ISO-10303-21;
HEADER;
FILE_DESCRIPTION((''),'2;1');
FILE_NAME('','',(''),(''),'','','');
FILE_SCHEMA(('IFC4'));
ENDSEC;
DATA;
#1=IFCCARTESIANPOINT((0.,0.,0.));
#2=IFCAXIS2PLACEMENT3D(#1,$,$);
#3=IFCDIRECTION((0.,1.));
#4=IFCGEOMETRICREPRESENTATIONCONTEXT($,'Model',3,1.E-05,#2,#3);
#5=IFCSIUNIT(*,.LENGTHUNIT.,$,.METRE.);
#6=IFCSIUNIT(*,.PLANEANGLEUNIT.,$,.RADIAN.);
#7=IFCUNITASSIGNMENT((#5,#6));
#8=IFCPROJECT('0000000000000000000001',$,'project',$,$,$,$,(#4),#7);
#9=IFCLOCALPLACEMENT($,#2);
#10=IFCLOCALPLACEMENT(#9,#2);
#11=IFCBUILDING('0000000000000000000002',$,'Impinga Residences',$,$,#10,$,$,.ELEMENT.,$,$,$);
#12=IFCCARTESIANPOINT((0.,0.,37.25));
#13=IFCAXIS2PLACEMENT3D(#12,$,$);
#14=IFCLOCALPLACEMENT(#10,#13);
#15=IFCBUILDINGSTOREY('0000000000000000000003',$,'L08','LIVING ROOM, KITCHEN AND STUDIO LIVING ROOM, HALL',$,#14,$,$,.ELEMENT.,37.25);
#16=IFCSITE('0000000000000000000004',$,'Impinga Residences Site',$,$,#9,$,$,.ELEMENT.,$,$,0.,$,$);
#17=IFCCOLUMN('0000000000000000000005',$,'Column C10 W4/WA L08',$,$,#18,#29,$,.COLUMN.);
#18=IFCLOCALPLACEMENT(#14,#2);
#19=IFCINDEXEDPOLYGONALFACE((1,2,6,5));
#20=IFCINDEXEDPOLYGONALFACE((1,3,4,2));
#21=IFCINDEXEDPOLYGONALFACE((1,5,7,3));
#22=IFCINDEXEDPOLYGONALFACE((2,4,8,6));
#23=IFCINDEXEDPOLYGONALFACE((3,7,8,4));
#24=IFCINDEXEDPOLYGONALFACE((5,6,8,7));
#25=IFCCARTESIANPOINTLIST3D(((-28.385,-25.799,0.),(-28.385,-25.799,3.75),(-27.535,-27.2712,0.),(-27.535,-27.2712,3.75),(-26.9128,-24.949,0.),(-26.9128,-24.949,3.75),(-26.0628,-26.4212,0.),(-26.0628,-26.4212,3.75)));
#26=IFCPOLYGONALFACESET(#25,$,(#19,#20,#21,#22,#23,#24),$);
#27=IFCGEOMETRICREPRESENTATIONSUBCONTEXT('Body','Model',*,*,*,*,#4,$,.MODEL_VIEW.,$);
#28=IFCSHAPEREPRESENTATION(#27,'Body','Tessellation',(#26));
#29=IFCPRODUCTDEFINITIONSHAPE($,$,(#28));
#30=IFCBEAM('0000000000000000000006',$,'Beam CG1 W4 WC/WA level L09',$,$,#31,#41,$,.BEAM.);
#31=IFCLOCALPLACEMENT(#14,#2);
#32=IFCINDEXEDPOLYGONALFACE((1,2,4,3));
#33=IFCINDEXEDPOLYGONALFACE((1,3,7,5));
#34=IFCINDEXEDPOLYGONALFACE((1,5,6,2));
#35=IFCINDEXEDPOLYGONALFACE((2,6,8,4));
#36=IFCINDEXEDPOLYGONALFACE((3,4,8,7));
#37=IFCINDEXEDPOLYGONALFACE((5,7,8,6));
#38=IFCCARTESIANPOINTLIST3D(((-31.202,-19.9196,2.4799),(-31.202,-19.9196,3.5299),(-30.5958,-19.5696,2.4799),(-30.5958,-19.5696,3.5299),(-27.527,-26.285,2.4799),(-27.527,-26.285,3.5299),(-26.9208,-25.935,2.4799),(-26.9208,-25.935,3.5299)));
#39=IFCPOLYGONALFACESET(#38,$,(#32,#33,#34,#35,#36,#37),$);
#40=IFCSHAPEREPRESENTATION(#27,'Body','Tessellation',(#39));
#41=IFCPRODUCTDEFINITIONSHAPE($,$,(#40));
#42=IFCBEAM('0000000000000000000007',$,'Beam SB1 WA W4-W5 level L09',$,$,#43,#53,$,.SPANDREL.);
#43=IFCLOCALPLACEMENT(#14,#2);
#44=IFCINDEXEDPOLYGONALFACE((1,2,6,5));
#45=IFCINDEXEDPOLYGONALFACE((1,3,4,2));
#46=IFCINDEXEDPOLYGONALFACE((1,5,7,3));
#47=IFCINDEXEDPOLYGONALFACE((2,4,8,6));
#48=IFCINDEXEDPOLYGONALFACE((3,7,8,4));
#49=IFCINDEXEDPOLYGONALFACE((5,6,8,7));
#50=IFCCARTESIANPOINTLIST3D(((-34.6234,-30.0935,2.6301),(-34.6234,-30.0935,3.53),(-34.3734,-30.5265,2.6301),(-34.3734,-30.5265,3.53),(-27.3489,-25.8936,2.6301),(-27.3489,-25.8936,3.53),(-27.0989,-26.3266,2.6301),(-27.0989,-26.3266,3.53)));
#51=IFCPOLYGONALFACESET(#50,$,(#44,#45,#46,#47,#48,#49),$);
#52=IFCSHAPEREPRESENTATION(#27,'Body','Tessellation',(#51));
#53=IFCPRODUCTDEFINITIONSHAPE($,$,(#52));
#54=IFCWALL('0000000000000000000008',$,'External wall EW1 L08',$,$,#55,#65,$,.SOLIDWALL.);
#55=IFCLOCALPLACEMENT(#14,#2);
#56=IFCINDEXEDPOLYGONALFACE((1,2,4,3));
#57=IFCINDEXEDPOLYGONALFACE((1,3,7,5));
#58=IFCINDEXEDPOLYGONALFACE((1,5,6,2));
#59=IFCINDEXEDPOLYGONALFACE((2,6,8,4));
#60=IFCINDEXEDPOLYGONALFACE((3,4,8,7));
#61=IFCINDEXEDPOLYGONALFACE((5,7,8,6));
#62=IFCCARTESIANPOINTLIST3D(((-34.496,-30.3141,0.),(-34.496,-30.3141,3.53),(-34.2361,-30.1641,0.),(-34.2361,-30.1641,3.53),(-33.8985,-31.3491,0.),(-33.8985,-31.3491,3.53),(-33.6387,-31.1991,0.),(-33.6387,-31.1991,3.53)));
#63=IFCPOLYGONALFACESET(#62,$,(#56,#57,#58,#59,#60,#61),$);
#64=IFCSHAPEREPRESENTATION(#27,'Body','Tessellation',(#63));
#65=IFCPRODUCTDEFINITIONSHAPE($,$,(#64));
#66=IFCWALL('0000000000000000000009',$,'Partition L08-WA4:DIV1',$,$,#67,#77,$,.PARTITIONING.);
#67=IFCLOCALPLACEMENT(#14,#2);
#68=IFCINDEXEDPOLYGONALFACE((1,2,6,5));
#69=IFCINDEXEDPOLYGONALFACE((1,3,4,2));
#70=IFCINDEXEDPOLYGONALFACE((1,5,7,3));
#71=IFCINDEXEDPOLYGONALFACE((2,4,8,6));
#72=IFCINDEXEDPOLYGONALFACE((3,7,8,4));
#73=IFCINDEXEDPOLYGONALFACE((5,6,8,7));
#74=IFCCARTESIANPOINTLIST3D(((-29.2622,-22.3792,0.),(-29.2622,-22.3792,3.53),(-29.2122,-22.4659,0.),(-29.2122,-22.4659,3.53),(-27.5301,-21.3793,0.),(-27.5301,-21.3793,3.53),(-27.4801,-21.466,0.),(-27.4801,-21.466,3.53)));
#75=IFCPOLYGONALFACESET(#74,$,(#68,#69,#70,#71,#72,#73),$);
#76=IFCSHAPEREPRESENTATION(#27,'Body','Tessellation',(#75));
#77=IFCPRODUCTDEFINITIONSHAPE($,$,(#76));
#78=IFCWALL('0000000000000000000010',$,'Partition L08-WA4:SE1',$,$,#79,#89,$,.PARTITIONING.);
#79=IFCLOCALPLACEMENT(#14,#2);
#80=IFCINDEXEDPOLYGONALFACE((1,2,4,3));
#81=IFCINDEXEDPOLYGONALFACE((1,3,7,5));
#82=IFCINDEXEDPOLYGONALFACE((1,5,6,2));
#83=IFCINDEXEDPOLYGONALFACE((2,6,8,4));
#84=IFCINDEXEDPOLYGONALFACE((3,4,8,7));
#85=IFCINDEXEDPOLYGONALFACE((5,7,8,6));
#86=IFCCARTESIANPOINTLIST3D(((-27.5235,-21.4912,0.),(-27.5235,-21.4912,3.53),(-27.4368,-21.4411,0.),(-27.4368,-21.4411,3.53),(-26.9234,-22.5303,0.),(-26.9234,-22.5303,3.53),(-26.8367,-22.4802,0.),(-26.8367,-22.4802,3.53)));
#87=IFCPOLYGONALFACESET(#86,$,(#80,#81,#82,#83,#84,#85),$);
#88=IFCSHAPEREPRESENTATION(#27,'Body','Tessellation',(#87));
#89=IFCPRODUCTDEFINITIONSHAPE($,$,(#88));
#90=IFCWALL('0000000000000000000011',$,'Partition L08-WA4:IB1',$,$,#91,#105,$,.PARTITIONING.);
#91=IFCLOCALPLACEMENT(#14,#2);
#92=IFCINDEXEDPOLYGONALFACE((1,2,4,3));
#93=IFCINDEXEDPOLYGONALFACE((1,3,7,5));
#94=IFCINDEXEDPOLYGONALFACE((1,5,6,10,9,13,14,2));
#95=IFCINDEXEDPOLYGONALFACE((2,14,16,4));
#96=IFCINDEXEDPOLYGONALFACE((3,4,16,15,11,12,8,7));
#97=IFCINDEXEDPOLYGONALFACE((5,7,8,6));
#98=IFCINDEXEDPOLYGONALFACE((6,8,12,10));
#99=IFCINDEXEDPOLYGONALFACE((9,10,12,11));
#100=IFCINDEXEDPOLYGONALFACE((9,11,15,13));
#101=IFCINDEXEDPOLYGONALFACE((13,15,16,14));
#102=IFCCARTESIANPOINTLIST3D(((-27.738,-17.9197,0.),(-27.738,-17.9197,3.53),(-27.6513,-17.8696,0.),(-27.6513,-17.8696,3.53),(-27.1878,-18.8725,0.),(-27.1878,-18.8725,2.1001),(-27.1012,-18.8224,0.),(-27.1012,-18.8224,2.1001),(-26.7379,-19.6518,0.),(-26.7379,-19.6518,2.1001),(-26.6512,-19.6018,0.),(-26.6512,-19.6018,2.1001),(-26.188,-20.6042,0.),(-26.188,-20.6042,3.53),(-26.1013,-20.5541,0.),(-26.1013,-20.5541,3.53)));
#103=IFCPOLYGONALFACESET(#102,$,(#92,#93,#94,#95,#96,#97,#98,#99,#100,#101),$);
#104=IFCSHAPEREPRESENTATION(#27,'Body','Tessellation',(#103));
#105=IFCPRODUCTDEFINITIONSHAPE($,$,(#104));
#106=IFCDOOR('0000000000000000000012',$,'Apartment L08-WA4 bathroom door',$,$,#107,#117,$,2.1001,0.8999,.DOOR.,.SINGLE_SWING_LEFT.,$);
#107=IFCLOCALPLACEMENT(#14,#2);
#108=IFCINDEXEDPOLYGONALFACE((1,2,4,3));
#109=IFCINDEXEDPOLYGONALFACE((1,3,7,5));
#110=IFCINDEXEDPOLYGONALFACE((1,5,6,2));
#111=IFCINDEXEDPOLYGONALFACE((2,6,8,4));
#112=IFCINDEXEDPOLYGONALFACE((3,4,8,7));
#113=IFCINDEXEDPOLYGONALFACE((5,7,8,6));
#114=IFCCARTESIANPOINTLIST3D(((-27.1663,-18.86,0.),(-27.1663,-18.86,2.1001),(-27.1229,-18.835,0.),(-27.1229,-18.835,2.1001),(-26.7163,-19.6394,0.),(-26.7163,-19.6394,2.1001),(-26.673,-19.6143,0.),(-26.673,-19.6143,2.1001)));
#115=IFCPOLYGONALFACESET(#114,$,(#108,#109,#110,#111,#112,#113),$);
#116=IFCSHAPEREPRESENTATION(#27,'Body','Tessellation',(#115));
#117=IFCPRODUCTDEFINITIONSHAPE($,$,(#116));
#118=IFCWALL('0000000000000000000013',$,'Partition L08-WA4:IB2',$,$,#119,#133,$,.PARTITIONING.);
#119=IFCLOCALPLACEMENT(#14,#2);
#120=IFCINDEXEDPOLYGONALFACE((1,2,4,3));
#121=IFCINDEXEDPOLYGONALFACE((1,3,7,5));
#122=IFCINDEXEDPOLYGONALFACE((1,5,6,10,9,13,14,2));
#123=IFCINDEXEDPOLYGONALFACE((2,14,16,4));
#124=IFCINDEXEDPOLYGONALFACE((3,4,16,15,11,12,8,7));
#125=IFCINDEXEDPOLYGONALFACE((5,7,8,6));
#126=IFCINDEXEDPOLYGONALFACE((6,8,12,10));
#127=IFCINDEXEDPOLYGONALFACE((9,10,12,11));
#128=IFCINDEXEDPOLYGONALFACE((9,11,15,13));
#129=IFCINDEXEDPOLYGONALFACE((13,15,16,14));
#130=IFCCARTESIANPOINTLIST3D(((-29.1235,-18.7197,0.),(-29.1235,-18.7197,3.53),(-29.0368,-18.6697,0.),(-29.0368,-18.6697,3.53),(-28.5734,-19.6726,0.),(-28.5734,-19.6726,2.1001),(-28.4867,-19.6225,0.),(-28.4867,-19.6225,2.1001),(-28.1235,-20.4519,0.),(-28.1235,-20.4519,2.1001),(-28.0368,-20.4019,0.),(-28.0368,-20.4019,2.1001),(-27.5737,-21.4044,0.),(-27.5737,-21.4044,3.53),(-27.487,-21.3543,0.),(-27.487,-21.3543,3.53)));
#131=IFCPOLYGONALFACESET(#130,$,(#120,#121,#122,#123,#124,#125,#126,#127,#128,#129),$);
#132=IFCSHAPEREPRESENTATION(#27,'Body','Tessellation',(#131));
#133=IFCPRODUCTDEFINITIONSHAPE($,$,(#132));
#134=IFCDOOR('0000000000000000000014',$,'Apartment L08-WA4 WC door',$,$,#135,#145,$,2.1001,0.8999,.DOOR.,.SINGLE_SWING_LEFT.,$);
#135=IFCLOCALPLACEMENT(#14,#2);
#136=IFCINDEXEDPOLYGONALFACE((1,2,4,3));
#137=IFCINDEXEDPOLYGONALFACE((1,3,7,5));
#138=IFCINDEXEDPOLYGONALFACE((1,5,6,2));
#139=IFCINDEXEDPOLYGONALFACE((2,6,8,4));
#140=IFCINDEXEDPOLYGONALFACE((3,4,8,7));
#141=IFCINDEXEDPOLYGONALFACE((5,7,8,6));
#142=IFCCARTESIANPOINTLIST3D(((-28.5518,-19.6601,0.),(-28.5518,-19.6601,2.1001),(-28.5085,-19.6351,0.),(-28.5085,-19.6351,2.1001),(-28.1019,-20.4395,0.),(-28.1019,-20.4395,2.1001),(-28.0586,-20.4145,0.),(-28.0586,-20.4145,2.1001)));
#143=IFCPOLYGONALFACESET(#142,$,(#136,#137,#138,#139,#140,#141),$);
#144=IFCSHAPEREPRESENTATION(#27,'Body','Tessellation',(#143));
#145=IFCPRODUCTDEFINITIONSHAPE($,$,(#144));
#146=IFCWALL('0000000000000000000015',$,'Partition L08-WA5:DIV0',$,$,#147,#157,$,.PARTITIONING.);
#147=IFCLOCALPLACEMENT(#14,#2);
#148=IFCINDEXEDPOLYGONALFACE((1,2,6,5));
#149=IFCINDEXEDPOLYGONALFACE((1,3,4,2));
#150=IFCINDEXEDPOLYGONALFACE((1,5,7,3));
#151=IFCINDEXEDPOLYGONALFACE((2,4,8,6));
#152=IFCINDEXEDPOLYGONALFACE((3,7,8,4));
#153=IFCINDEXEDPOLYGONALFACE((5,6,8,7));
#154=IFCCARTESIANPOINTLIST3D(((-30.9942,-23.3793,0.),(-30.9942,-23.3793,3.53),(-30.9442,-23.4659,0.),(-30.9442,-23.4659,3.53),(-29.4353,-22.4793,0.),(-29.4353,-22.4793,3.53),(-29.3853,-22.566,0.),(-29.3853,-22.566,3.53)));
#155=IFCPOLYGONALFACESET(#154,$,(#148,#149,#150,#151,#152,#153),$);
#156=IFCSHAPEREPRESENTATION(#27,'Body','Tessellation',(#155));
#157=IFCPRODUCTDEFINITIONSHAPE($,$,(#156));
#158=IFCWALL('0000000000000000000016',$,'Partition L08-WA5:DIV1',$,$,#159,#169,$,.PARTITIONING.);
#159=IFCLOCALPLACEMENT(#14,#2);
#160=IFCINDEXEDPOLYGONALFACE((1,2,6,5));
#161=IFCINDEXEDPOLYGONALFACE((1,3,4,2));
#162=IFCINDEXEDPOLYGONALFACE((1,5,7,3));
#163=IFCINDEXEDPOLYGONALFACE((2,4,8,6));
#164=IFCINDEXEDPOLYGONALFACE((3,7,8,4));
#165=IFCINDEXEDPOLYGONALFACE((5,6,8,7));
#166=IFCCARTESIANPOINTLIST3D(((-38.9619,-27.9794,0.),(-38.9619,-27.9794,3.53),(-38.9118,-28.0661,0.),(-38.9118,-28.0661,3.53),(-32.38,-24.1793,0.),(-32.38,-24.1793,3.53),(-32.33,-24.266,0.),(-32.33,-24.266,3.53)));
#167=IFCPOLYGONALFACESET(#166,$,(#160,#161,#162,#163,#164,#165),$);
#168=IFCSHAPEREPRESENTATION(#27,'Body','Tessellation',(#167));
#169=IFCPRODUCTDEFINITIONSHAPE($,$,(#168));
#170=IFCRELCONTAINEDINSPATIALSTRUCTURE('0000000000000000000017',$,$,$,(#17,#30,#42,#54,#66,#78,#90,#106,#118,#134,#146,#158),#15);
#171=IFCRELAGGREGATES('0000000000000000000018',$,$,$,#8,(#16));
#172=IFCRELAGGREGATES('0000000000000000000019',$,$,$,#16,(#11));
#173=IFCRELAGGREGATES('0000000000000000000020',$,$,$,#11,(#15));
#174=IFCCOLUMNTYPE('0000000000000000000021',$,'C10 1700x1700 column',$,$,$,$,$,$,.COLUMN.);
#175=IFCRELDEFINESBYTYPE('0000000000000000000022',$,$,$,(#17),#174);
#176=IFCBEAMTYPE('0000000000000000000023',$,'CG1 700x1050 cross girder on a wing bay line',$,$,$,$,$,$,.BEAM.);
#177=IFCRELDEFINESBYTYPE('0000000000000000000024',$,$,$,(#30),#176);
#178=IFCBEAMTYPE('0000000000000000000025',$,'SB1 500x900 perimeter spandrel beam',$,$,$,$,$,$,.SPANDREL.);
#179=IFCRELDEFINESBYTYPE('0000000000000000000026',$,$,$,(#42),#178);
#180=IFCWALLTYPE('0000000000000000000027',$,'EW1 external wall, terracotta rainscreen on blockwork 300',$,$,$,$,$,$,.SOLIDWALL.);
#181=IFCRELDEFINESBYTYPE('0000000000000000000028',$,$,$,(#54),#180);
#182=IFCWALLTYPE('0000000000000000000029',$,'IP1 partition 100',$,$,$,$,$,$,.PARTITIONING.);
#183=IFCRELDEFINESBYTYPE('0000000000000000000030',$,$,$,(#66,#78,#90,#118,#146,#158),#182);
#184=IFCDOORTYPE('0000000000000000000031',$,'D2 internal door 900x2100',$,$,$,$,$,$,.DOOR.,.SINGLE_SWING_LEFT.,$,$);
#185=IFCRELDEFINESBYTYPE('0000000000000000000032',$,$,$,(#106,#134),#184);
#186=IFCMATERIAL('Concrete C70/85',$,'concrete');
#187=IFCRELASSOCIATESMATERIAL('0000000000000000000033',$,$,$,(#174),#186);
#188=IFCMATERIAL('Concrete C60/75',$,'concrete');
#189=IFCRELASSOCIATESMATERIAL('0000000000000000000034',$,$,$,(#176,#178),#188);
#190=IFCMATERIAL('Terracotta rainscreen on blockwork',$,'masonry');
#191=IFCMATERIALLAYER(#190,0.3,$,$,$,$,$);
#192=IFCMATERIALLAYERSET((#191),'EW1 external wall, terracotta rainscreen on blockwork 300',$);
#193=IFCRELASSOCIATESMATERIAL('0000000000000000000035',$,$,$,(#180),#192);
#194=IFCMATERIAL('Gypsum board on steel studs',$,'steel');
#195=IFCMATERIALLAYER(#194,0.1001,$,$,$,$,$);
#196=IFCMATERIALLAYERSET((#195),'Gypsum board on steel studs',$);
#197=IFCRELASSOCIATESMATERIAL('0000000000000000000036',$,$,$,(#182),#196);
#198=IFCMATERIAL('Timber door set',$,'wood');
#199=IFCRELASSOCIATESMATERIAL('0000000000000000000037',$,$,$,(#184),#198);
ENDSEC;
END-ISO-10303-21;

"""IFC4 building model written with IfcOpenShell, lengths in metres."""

from ifc_helpers import new_model, si_unit, direction, frame, frame_2d, origin, origin_2d, place, context, subcontext, project, spatial, rectangle, extrude, material, layer, layer_set, material_profile, profile_set, type_object, element, fill, save


model = new_model("IFC4")

# Units and contexts
model_context = context("Model", 3, precision=1e-05, world=origin(), true_north=direction((0.0, 1.0)))
body_context = subcontext(model_context, "Body", "Model", "MODEL_VIEW")
ifc_project = project(units=[si_unit("LENGTHUNIT", "METRE"), si_unit("PLANEANGLEUNIT", "RADIAN")], contexts=[model_context])

# Site, building, storey
site_placement = place(None, origin())
site = spatial("IfcSite", under=ifc_project, at=site_placement, Name="Impinga Residences Site", CompositionType="ELEMENT", RefElevation=0.0)
building_placement = place(site_placement, origin())
building = spatial("IfcBuilding", under=site, at=building_placement, Name="Impinga Residences", CompositionType="ELEMENT")
storey_placement = place(building_placement, frame((0.0, 0.0, 37.25)))
storey = spatial("IfcBuildingStorey", under=building, at=storey_placement, Name="L08", Description="LIVING ROOM, KITCHEN AND STUDIO LIVING ROOM, HALL", CompositionType="ELEMENT", Elevation=37.25)

# Column
ifc_material_1 = material(Name="Concrete C70/85", Category="concrete")
ifc_material_profile_1 = material_profile(ifc_material_1, rectangle(XDim=1.7, YDim=1.7, at=origin_2d()), Name="RC 1700x1700")
ifc_profile_set_1 = profile_set([ifc_material_profile_1], Name="Concrete C70/85")
column_type = type_object("IfcColumnType", Name="C10 1700x1700 column", PredefinedType="COLUMN", material=ifc_profile_set_1)
column_placement = place(storey_placement, frame((-27.2239, -26.1101, 0.0), z_axis=(0.0, 0.0, 1.0), x_axis=(-0.5, 0.866025, 0.0)))
element("IfcColumn", 1, at=column_placement, inside=storey, type_object=column_type, Name="Column C10 W4/WA L08", PredefinedType="COLUMN", context=body_context, shape_type="SweptSolid", body=[
    extrude(rectangle(XDim=1.7, YDim=1.7, at=origin_2d()), origin(), (0.0, 0.0, 1.0), 3.75),
])

# Beams
ifc_material_2 = material(Name="Concrete C60/75", Category="concrete")
ifc_material_profile_2 = material_profile(ifc_material_2, rectangle(XDim=0.7, YDim=1.05, at=origin_2d()), Name="RC 700x1050")
ifc_profile_set_2 = profile_set([ifc_material_profile_2], Name="Concrete C60/75")
beam_type_1 = type_object("IfcBeamType", Name="CG1 700x1050 cross girder on a wing bay line", PredefinedType="BEAM", material=ifc_profile_set_2)
beam_1_placement = place(storey_placement, frame((-30.8989, -19.7446, 3.0049), z_axis=(0.499994, -0.866029, 0.0), x_axis=(0.866029, 0.499994, 0.0)))
element("IfcBeam", 2, at=beam_1_placement, inside=storey, type_object=beam_type_1, Name="Beam CG1 W4 WC/WA level L09", PredefinedType="BEAM", context=body_context, shape_type="SweptSolid", body=[
    extrude(rectangle(XDim=0.7, YDim=1.05, at=origin_2d()), origin(), (0.0, 0.0, 1.0), 7.3501),
])
ifc_material_profile_3 = material_profile(ifc_material_2, rectangle(XDim=0.5, YDim=0.8999, at=origin_2d()), Name="RC 500x900")
ifc_profile_set_3 = profile_set([ifc_material_profile_3], Name="Concrete C60/75")
beam_type_2 = type_object("IfcBeamType", Name="SB1 500x900 perimeter spandrel beam", PredefinedType="SPANDREL", material=ifc_profile_set_3)
beam_2_placement = place(storey_placement, frame((-27.2239, -26.1101, 3.0801), z_axis=(-0.866029, -0.499993, 0.0), x_axis=(0.499993, -0.866029, 0.0)))
element("IfcBeam", 3, at=beam_2_placement, inside=storey, type_object=beam_type_2, Name="Beam SB1 WA W4-W5 level L09", PredefinedType="SPANDREL", context=body_context, shape_type="SweptSolid", body=[
    extrude(rectangle(XDim=0.5, YDim=0.8999, at=origin_2d()), origin(), (0.0, 0.0, 1.0), 8.3999),
])

# Walls
ifc_material_3 = material(Name="Terracotta rainscreen on blockwork", Category="masonry")
ifc_layer_1 = layer(ifc_material_3, 0.3)
ifc_layer_set_1 = layer_set([ifc_layer_1], Name="EW1 external wall, terracotta rainscreen on blockwork 300")
wall_type_1 = type_object("IfcWallType", Name="EW1 external wall, terracotta rainscreen on blockwork 300", PredefinedType="SOLIDWALL", material=ifc_layer_set_1)
wall_1_placement = place(storey_placement, frame((-33.7686, -31.2742, 0.0), z_axis=(0.0, 0.0, 1.0), x_axis=(-0.499941, 0.86606, 0.0)))
element("IfcWall", 4, at=wall_1_placement, inside=storey, type_object=wall_type_1, Name="External wall EW1 L08", PredefinedType="SOLIDWALL", context=body_context, shape_type="SweptSolid", body=[
    extrude(rectangle(XDim=1.1951, YDim=0.3, at=frame_2d((0.5977, 0.0))), origin(), (0.0, 0.0, 1.0), 3.53),
])
ifc_material_4 = material(Name="Gypsum board on steel studs", Category="steel")
ifc_layer_2 = layer(ifc_material_4, 0.1001)
ifc_layer_set_2 = layer_set([ifc_layer_2], Name="Gypsum board on steel studs")
wall_type_2 = type_object("IfcWallType", Name="IP1 partition 100", PredefinedType="PARTITIONING", material=ifc_layer_set_2)
wall_2_placement = place(storey_placement, frame((-27.5051, -21.4226, 0.0), z_axis=(0.0, 0.0, 1.0), x_axis=(-0.866041, -0.499973, 0.0)))
element("IfcWall", 5, at=wall_2_placement, inside=storey, type_object=wall_type_2, Name="Partition L08-WA4:DIV1", PredefinedType="PARTITIONING", context=body_context, shape_type="SweptSolid", body=[
    extrude(rectangle(XDim=2.0, YDim=0.1001, at=frame_2d((1.0, 0.0))), origin(), (0.0, 0.0, 1.0), 3.53),
])
wall_3_placement = place(storey_placement, frame((-27.4802, -21.4661, 0.0), z_axis=(0.0, 0.0, 1.0), x_axis=(0.500122, -0.865955, 0.0)))
element("IfcWall", 6, at=wall_3_placement, inside=storey, type_object=wall_type_2, Name="Partition L08-WA4:SE1", PredefinedType="PARTITIONING", context=body_context, shape_type="SweptSolid", body=[
    extrude(rectangle(XDim=1.2, YDim=0.1001, at=frame_2d((0.6001, 0.0))), origin(), (0.0, 0.0, 1.0), 3.53),
])

# Walls, openings, doors
wall_4_placement = place(storey_placement, frame((-27.6946, -17.8948, 0.0), z_axis=(0.0, 0.0, 1.0), x_axis=(0.500027, -0.86601, 0.0)))
wall_4 = element("IfcWall", 7, at=wall_4_placement, inside=storey, type_object=wall_type_2, Name="Partition L08-WA4:IB1", PredefinedType="PARTITIONING", context=body_context, shape_type="SweptSolid", body=[
    extrude(rectangle(XDim=3.0999, YDim=0.1001, at=frame_2d((1.5498, 0.0))), origin(), (0.0, 0.0, 1.0), 3.53),
])
opening_1_placement = place(wall_4_placement, frame((1.1001, 0.0, 0.0)))
opening_1 = element("IfcOpeningElement", 8, at=opening_1_placement, cuts=wall_4, PredefinedType="OPENING", context=body_context, shape_type="SweptSolid", body=[
    extrude(rectangle(XDim=0.8999, YDim=2.1001, at=frame_2d((0.45, 1.05))), frame((0.0, 0.0601, 0.0), z_axis=(0.0, -1.0, 0.0), x_axis=(1.0, 0.0, 0.0)), (0.0, 0.0, 1.0), 0.1201),
])
ifc_material_5 = material(Name="Timber door set", Category="wood")
door_type = type_object("IfcDoorType", Name="D2 internal door 900x2100", OperationType="SINGLE_SWING_LEFT", PredefinedType="DOOR", material=ifc_material_5)
door_1_placement = place(opening_1_placement, origin())
door_1 = element("IfcDoor", 9, at=door_1_placement, inside=storey, type_object=door_type, Name="Apartment L08-WA4 bathroom door", OperationType="SINGLE_SWING_LEFT", OverallHeight=2.1001, OverallWidth=0.8999, PredefinedType="DOOR", context=body_context, shape_type="SweptSolid", body=[
    extrude(rectangle(XDim=0.8999, YDim=2.1001, at=frame_2d((0.45, 1.05))), frame((0.0, 0.0249, 0.0), z_axis=(0.0, -1.0, 0.0), x_axis=(1.0, 0.0, 0.0)), (0.0, 0.0, 1.0), 0.05),
])
fill(opening_1, door_1)
wall_5_placement = place(storey_placement, frame((-29.0801, -18.6948, 0.0), z_axis=(0.0, 0.0, 1.0), x_axis=(0.499968, -0.866044, 0.0)))
wall_5 = element("IfcWall", 10, at=wall_5_placement, inside=storey, type_object=wall_type_2, Name="Partition L08-WA4:IB2", PredefinedType="PARTITIONING", context=body_context, shape_type="SweptSolid", body=[
    extrude(rectangle(XDim=3.0999, YDim=0.1001, at=frame_2d((1.5498, 0.0))), origin(), (0.0, 0.0, 1.0), 3.53),
])
opening_2_placement = place(wall_5_placement, frame((1.1001, 0.0, 0.0)))
opening_2 = element("IfcOpeningElement", 11, at=opening_2_placement, cuts=wall_5, PredefinedType="OPENING", context=body_context, shape_type="SweptSolid", body=[
    extrude(rectangle(XDim=0.8999, YDim=2.1001, at=frame_2d((0.45, 1.05))), frame((0.0, 0.0601, 0.0), z_axis=(0.0, -1.0, 0.0), x_axis=(1.0, 0.0, 0.0)), (0.0, 0.0, 1.0), 0.1201),
])
door_2_placement = place(opening_2_placement, origin())
door_2 = element("IfcDoor", 12, at=door_2_placement, inside=storey, type_object=door_type, Name="Apartment L08-WA4 WC door", OperationType="SINGLE_SWING_LEFT", OverallHeight=2.1001, OverallWidth=0.8999, PredefinedType="DOOR", context=body_context, shape_type="SweptSolid", body=[
    extrude(rectangle(XDim=0.8999, YDim=2.1001, at=frame_2d((0.45, 1.05))), frame((0.0, 0.0249, 0.0), z_axis=(0.0, -1.0, 0.0), x_axis=(1.0, 0.0, 0.0)), (0.0, 0.0, 1.0), 0.05),
])
fill(opening_2, door_2)

# Walls
wall_6_placement = place(storey_placement, frame((-29.4104, -22.5227, 0.0), z_axis=(0.0, 0.0, 1.0), x_axis=(-0.866048, -0.499961, 0.0)))
element("IfcWall", 13, at=wall_6_placement, inside=storey, type_object=wall_type_2, Name="Partition L08-WA5:DIV0", PredefinedType="PARTITIONING", context=body_context, shape_type="SweptSolid", body=[
    extrude(rectangle(XDim=1.8, YDim=0.1001, at=frame_2d((0.8999, 0.0))), origin(), (0.0, 0.0, 1.0), 3.53),
])
wall_7_placement = place(storey_placement, frame((-32.355, -24.2227, 0.0), z_axis=(0.0, 0.0, 1.0), x_axis=(-0.866022, -0.500005, 0.0)))
element("IfcWall", 14, at=wall_7_placement, inside=storey, type_object=wall_type_2, Name="Partition L08-WA5:DIV1", PredefinedType="PARTITIONING", context=body_context, shape_type="SweptSolid", body=[
    extrude(rectangle(XDim=7.6001, YDim=0.1001, at=frame_2d((3.8, 0.0))), origin(), (0.0, 0.0, 1.0), 3.53),
])

save(model, "model.ifc")
